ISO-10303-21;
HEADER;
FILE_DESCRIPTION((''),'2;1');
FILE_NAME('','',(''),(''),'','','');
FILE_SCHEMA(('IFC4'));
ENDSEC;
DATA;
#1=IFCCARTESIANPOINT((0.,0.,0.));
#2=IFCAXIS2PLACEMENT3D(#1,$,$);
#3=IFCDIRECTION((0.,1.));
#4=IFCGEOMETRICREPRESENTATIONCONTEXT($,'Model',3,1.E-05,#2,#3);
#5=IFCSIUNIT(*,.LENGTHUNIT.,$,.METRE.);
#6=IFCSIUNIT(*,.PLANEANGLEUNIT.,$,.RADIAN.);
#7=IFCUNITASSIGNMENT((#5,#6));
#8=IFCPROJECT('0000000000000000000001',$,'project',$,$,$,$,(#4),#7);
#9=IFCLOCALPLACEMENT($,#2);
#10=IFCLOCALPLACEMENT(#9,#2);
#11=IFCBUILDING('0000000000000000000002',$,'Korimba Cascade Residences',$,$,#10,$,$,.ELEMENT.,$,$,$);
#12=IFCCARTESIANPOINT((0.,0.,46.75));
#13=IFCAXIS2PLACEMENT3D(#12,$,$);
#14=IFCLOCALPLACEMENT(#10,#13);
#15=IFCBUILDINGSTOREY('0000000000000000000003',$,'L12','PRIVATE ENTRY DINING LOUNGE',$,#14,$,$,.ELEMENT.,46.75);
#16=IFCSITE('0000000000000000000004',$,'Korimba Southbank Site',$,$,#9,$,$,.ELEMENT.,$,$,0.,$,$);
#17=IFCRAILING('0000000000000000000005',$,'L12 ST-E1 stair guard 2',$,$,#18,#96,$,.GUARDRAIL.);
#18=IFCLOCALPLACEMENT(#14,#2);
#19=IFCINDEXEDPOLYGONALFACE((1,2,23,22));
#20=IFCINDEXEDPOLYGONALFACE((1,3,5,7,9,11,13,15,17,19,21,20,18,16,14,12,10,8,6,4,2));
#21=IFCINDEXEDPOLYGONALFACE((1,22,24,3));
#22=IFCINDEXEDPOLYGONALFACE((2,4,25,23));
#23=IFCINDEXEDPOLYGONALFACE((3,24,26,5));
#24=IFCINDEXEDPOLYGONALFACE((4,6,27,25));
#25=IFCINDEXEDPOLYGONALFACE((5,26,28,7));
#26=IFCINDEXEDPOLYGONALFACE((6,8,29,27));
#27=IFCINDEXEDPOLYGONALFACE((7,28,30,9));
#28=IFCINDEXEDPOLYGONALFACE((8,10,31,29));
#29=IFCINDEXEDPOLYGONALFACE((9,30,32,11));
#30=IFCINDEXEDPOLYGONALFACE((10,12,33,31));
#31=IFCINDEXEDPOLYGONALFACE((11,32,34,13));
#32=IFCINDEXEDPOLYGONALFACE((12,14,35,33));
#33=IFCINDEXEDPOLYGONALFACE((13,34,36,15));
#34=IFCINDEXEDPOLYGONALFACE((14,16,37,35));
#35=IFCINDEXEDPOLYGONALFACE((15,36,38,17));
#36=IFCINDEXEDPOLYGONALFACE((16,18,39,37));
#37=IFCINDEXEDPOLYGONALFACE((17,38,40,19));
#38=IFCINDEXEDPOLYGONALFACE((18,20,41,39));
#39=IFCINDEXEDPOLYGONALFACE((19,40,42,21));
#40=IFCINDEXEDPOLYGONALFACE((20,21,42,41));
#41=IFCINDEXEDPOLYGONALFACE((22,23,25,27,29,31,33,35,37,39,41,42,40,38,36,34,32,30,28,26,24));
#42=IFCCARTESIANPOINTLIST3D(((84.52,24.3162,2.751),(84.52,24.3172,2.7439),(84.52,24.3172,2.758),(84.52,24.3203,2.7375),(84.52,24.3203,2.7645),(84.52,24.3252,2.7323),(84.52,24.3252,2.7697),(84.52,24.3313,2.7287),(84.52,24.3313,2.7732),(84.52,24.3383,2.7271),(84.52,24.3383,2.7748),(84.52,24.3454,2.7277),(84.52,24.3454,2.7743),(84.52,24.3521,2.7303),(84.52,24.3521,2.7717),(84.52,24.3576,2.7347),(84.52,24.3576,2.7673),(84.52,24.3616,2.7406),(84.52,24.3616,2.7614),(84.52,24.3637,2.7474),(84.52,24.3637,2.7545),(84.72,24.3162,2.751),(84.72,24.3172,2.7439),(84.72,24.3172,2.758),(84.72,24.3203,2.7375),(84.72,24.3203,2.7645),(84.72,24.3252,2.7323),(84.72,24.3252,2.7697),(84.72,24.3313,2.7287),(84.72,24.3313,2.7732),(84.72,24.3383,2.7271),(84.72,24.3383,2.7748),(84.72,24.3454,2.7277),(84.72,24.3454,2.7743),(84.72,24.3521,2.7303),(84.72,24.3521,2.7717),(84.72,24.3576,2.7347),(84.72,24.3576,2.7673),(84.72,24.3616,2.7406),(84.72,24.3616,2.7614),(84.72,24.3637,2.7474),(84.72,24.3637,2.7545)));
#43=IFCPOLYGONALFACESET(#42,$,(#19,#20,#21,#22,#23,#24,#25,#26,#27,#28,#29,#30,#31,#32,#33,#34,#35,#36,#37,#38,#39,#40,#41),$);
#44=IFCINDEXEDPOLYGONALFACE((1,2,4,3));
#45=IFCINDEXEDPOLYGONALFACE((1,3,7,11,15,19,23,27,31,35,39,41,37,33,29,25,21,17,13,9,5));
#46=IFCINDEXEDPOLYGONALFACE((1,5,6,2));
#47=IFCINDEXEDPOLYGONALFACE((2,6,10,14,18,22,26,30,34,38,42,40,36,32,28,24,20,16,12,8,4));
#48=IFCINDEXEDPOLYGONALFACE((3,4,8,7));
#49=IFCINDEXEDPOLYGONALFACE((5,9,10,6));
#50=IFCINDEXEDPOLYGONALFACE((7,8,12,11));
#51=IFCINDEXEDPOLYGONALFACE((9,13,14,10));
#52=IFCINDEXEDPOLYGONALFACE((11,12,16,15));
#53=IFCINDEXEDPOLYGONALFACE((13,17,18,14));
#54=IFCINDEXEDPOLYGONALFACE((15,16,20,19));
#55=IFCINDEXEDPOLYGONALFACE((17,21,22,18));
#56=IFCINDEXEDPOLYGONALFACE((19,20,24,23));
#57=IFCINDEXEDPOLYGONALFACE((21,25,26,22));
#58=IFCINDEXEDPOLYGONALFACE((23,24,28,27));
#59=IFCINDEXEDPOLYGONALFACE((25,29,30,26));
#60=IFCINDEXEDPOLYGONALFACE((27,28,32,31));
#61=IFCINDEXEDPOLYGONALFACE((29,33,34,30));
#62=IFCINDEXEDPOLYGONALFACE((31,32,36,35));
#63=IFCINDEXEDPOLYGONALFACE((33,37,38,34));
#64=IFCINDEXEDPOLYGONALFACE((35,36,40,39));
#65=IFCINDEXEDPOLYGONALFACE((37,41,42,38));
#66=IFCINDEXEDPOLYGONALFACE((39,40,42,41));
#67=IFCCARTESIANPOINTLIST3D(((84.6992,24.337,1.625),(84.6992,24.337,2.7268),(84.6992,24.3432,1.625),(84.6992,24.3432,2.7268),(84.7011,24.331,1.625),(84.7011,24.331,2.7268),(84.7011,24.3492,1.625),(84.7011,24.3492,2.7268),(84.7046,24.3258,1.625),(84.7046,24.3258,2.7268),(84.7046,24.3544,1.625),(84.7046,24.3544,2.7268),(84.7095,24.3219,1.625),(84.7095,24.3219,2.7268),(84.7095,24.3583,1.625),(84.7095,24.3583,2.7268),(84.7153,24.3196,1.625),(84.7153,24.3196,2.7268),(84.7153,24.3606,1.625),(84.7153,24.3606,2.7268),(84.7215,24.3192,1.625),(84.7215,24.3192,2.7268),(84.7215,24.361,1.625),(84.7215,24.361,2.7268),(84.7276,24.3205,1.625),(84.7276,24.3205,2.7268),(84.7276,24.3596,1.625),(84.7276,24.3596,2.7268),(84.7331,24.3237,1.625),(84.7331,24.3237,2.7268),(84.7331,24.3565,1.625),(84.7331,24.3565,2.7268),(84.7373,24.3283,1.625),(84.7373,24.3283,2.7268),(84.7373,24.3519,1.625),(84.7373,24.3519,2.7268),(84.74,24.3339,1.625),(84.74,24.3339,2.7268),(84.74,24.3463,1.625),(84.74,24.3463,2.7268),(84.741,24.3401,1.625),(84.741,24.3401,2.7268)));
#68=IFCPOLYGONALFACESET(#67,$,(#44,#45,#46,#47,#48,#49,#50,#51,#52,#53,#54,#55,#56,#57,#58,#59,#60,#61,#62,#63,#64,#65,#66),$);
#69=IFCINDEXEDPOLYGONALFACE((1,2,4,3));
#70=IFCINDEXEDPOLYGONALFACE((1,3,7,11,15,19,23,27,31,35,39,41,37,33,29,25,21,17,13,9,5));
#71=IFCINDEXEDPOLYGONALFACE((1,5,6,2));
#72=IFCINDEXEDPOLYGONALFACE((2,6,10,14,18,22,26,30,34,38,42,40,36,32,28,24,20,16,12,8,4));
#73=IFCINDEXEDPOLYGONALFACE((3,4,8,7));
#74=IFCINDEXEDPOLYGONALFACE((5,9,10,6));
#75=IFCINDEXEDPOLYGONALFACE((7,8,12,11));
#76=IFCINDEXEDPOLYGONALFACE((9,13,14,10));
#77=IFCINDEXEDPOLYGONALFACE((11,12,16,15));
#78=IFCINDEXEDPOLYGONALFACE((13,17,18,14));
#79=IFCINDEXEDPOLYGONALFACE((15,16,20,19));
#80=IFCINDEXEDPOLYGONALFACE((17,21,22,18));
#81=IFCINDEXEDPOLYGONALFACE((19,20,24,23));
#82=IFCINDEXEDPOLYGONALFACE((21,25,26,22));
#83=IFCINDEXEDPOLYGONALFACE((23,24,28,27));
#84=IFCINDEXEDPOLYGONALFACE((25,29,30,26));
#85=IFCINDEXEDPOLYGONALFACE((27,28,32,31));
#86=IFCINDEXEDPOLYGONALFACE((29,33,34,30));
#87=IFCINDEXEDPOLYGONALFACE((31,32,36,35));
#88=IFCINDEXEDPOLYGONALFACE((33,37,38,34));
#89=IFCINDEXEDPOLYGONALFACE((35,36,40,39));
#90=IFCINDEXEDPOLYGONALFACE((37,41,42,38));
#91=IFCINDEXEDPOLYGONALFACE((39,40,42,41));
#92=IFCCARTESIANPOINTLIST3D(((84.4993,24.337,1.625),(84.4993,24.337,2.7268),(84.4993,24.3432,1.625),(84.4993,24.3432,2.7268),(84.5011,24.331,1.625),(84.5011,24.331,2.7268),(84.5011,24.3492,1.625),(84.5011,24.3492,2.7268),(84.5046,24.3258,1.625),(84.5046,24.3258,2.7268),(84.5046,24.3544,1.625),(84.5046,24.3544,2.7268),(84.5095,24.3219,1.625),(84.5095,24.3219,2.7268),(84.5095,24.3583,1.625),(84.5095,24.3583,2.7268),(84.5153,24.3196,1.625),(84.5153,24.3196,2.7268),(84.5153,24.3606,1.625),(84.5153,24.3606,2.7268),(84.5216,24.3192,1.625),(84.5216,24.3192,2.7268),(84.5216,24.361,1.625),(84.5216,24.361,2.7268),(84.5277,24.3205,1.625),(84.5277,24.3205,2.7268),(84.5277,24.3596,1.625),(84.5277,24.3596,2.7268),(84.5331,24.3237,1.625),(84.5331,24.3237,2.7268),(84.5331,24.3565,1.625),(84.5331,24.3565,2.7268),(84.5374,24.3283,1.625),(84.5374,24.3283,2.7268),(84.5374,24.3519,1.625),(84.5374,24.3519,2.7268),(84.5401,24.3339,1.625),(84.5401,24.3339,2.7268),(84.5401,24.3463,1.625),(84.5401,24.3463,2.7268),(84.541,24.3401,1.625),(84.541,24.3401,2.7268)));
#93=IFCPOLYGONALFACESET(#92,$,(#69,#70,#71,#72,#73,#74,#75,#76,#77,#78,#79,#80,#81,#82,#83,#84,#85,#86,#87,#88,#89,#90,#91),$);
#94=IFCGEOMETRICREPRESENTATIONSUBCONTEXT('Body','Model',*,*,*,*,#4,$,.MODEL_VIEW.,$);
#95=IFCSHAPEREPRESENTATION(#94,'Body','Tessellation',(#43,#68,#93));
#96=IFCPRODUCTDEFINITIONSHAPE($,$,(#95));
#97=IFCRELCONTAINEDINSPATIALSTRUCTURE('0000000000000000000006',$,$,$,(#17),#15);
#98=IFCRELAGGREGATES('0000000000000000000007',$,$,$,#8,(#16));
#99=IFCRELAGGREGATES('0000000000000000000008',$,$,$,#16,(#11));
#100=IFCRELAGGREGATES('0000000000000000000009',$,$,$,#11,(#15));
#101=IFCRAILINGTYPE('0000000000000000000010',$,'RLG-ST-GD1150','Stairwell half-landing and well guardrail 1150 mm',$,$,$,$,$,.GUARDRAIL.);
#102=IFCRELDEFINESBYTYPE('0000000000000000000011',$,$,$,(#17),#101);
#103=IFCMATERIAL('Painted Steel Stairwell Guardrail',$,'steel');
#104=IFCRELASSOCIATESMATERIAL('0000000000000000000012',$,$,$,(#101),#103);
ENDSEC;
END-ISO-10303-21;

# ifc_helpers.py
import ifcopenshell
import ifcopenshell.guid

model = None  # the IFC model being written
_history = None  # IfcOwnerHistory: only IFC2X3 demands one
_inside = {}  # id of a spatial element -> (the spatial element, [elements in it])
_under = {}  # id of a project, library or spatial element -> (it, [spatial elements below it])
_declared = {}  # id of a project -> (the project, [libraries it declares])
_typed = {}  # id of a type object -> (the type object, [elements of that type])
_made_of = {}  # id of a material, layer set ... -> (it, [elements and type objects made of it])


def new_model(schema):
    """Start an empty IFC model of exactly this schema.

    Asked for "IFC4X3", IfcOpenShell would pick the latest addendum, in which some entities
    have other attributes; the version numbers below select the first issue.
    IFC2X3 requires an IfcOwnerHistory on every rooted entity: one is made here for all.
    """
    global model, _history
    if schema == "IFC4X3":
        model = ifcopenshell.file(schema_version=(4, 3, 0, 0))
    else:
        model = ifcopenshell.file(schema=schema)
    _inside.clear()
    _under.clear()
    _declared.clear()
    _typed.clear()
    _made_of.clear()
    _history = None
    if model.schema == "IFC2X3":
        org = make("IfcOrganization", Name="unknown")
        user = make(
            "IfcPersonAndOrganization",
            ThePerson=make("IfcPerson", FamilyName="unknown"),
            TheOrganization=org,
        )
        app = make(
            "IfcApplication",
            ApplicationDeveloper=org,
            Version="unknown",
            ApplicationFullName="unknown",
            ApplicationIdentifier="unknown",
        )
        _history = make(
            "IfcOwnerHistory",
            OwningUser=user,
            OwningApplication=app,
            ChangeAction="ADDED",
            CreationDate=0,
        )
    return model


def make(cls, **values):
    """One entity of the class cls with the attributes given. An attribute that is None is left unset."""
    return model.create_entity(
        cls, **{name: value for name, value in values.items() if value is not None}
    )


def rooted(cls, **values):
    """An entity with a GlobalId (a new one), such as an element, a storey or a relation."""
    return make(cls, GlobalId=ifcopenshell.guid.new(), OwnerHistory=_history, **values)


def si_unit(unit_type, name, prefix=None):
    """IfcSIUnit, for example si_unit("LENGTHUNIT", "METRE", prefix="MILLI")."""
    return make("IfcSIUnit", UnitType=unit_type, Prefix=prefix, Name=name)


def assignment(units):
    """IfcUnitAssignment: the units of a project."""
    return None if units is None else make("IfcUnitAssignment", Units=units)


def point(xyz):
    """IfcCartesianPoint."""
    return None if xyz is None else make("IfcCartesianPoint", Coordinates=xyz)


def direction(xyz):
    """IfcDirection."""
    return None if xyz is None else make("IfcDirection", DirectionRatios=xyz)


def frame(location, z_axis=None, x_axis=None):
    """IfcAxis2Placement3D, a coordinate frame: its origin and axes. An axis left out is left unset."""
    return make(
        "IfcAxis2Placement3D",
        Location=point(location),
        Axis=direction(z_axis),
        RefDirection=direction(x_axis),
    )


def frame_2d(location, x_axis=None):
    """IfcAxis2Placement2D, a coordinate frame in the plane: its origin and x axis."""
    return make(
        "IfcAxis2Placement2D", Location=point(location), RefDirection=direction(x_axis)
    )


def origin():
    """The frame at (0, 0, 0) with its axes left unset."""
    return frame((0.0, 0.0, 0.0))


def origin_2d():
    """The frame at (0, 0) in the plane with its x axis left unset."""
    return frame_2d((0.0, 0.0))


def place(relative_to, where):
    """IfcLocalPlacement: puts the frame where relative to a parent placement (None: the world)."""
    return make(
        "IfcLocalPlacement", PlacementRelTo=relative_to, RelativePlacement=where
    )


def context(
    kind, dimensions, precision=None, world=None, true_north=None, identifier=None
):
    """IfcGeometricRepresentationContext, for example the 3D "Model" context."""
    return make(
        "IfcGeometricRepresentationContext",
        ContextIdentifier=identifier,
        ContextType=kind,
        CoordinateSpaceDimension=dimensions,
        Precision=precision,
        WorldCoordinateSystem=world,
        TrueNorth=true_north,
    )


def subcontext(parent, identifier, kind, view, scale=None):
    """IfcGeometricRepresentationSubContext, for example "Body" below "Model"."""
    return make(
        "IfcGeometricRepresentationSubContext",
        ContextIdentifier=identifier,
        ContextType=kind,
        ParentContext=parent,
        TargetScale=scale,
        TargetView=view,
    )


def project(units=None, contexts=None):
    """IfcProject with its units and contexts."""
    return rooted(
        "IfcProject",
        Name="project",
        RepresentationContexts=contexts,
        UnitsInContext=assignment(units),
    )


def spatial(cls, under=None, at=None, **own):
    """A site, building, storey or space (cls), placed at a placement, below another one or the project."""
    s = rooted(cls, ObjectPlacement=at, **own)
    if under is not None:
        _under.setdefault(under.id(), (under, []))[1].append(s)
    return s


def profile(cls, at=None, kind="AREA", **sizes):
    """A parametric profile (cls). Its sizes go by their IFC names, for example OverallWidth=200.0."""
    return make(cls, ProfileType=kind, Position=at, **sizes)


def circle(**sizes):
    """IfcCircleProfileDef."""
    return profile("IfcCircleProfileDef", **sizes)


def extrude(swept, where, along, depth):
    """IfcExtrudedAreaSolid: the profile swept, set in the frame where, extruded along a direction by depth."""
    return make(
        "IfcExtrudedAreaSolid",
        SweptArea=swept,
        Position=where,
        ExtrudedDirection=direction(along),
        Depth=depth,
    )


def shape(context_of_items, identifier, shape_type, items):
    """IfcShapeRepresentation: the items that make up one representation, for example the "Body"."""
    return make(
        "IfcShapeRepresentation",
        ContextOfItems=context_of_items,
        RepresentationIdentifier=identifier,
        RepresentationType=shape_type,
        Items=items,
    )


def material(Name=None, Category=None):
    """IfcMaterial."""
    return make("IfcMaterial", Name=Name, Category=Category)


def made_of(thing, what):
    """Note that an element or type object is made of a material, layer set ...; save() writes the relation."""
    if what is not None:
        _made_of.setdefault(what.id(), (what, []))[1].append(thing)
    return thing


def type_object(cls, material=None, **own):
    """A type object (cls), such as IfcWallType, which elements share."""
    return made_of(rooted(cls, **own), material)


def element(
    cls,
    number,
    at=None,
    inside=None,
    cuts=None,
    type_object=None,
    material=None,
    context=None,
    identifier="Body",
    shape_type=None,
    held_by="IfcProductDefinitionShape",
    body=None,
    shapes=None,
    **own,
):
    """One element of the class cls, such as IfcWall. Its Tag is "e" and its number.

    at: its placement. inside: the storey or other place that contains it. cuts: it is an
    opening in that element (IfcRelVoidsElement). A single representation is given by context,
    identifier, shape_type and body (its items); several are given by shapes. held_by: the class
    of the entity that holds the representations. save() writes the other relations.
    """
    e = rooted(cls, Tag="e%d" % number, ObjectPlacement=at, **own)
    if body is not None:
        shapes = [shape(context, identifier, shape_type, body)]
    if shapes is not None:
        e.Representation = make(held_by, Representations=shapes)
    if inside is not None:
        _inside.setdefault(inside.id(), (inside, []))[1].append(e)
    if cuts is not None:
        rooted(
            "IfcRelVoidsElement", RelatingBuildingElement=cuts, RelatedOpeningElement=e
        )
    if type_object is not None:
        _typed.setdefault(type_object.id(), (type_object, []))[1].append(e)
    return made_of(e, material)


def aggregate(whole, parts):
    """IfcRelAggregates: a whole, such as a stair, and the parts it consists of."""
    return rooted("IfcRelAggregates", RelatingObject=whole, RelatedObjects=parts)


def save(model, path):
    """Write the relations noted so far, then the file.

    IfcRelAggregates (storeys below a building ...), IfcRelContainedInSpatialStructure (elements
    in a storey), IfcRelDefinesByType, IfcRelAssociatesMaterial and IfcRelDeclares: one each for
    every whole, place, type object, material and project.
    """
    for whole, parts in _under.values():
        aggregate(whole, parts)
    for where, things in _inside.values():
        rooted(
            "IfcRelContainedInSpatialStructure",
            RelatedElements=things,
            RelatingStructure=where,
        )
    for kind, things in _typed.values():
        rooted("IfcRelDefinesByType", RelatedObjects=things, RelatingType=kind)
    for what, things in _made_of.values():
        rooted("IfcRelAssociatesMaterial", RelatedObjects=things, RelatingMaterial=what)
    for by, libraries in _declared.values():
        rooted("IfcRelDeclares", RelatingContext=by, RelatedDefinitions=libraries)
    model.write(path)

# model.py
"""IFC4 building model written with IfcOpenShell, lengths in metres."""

from ifc_helpers import new_model, si_unit, direction, frame, origin, origin_2d, place, context, subcontext, project, spatial, circle, extrude, material, type_object, element, save


model = new_model("IFC4")

# Units and contexts
model_context = context("Model", 3, precision=1e-05, world=origin(), true_north=direction((0.0, 1.0)))
body_context = subcontext(model_context, "Body", "Model", "MODEL_VIEW")
ifc_project = project(units=[si_unit("LENGTHUNIT", "METRE"), si_unit("PLANEANGLEUNIT", "RADIAN")], contexts=[model_context])

# Site, building, storey
site_placement = place(None, origin())
site = spatial("IfcSite", under=ifc_project, at=site_placement, Name="Korimba Southbank Site", CompositionType="ELEMENT", RefElevation=0.0)
building_placement = place(site_placement, origin())
building = spatial("IfcBuilding", under=site, at=building_placement, Name="Korimba Cascade Residences", CompositionType="ELEMENT")
storey_placement = place(building_placement, frame((0.0, 0.0, 46.75)))
storey = spatial("IfcBuildingStorey", under=building, at=storey_placement, Name="L12", Description="PRIVATE ENTRY DINING LOUNGE", CompositionType="ELEMENT", Elevation=46.75)

# Railing
ifc_material_1 = material(Name="Painted Steel Stairwell Guardrail", Category="steel")
railing_type_1 = type_object("IfcRailingType", Name="RLG-ST-GD1150", Description="Stairwell half-landing and well guardrail 1150 mm", PredefinedType="GUARDRAIL", material=ifc_material_1)
railing_1_placement = place(storey_placement, frame((84.72, 24.3401, 1.625)))
element("IfcRailing", 1, at=railing_1_placement, inside=storey, type_object=railing_type_1, Name="L12 ST-E1 stair guard 2", PredefinedType="GUARDRAIL", context=body_context, shape_type="SweptSolid", body=[
    extrude(circle(Radius=0.0239, at=origin_2d()), frame((0.0, 0.0, 1.126), z_axis=(-1.0, 0.0, 0.0), x_axis=(0.0, -1.0, 0.0)), (0.0, 0.0, 1.0), 0.2),
    extrude(circle(Radius=0.021, at=origin_2d()), origin(), (0.0, 0.0, 1.0), 1.1018),
    extrude(circle(Radius=0.021, at=origin_2d()), frame((-0.2, 0.0, 0.0)), (0.0, 0.0, 1.0), 1.1018),
])

save(model, "model.ifc")
